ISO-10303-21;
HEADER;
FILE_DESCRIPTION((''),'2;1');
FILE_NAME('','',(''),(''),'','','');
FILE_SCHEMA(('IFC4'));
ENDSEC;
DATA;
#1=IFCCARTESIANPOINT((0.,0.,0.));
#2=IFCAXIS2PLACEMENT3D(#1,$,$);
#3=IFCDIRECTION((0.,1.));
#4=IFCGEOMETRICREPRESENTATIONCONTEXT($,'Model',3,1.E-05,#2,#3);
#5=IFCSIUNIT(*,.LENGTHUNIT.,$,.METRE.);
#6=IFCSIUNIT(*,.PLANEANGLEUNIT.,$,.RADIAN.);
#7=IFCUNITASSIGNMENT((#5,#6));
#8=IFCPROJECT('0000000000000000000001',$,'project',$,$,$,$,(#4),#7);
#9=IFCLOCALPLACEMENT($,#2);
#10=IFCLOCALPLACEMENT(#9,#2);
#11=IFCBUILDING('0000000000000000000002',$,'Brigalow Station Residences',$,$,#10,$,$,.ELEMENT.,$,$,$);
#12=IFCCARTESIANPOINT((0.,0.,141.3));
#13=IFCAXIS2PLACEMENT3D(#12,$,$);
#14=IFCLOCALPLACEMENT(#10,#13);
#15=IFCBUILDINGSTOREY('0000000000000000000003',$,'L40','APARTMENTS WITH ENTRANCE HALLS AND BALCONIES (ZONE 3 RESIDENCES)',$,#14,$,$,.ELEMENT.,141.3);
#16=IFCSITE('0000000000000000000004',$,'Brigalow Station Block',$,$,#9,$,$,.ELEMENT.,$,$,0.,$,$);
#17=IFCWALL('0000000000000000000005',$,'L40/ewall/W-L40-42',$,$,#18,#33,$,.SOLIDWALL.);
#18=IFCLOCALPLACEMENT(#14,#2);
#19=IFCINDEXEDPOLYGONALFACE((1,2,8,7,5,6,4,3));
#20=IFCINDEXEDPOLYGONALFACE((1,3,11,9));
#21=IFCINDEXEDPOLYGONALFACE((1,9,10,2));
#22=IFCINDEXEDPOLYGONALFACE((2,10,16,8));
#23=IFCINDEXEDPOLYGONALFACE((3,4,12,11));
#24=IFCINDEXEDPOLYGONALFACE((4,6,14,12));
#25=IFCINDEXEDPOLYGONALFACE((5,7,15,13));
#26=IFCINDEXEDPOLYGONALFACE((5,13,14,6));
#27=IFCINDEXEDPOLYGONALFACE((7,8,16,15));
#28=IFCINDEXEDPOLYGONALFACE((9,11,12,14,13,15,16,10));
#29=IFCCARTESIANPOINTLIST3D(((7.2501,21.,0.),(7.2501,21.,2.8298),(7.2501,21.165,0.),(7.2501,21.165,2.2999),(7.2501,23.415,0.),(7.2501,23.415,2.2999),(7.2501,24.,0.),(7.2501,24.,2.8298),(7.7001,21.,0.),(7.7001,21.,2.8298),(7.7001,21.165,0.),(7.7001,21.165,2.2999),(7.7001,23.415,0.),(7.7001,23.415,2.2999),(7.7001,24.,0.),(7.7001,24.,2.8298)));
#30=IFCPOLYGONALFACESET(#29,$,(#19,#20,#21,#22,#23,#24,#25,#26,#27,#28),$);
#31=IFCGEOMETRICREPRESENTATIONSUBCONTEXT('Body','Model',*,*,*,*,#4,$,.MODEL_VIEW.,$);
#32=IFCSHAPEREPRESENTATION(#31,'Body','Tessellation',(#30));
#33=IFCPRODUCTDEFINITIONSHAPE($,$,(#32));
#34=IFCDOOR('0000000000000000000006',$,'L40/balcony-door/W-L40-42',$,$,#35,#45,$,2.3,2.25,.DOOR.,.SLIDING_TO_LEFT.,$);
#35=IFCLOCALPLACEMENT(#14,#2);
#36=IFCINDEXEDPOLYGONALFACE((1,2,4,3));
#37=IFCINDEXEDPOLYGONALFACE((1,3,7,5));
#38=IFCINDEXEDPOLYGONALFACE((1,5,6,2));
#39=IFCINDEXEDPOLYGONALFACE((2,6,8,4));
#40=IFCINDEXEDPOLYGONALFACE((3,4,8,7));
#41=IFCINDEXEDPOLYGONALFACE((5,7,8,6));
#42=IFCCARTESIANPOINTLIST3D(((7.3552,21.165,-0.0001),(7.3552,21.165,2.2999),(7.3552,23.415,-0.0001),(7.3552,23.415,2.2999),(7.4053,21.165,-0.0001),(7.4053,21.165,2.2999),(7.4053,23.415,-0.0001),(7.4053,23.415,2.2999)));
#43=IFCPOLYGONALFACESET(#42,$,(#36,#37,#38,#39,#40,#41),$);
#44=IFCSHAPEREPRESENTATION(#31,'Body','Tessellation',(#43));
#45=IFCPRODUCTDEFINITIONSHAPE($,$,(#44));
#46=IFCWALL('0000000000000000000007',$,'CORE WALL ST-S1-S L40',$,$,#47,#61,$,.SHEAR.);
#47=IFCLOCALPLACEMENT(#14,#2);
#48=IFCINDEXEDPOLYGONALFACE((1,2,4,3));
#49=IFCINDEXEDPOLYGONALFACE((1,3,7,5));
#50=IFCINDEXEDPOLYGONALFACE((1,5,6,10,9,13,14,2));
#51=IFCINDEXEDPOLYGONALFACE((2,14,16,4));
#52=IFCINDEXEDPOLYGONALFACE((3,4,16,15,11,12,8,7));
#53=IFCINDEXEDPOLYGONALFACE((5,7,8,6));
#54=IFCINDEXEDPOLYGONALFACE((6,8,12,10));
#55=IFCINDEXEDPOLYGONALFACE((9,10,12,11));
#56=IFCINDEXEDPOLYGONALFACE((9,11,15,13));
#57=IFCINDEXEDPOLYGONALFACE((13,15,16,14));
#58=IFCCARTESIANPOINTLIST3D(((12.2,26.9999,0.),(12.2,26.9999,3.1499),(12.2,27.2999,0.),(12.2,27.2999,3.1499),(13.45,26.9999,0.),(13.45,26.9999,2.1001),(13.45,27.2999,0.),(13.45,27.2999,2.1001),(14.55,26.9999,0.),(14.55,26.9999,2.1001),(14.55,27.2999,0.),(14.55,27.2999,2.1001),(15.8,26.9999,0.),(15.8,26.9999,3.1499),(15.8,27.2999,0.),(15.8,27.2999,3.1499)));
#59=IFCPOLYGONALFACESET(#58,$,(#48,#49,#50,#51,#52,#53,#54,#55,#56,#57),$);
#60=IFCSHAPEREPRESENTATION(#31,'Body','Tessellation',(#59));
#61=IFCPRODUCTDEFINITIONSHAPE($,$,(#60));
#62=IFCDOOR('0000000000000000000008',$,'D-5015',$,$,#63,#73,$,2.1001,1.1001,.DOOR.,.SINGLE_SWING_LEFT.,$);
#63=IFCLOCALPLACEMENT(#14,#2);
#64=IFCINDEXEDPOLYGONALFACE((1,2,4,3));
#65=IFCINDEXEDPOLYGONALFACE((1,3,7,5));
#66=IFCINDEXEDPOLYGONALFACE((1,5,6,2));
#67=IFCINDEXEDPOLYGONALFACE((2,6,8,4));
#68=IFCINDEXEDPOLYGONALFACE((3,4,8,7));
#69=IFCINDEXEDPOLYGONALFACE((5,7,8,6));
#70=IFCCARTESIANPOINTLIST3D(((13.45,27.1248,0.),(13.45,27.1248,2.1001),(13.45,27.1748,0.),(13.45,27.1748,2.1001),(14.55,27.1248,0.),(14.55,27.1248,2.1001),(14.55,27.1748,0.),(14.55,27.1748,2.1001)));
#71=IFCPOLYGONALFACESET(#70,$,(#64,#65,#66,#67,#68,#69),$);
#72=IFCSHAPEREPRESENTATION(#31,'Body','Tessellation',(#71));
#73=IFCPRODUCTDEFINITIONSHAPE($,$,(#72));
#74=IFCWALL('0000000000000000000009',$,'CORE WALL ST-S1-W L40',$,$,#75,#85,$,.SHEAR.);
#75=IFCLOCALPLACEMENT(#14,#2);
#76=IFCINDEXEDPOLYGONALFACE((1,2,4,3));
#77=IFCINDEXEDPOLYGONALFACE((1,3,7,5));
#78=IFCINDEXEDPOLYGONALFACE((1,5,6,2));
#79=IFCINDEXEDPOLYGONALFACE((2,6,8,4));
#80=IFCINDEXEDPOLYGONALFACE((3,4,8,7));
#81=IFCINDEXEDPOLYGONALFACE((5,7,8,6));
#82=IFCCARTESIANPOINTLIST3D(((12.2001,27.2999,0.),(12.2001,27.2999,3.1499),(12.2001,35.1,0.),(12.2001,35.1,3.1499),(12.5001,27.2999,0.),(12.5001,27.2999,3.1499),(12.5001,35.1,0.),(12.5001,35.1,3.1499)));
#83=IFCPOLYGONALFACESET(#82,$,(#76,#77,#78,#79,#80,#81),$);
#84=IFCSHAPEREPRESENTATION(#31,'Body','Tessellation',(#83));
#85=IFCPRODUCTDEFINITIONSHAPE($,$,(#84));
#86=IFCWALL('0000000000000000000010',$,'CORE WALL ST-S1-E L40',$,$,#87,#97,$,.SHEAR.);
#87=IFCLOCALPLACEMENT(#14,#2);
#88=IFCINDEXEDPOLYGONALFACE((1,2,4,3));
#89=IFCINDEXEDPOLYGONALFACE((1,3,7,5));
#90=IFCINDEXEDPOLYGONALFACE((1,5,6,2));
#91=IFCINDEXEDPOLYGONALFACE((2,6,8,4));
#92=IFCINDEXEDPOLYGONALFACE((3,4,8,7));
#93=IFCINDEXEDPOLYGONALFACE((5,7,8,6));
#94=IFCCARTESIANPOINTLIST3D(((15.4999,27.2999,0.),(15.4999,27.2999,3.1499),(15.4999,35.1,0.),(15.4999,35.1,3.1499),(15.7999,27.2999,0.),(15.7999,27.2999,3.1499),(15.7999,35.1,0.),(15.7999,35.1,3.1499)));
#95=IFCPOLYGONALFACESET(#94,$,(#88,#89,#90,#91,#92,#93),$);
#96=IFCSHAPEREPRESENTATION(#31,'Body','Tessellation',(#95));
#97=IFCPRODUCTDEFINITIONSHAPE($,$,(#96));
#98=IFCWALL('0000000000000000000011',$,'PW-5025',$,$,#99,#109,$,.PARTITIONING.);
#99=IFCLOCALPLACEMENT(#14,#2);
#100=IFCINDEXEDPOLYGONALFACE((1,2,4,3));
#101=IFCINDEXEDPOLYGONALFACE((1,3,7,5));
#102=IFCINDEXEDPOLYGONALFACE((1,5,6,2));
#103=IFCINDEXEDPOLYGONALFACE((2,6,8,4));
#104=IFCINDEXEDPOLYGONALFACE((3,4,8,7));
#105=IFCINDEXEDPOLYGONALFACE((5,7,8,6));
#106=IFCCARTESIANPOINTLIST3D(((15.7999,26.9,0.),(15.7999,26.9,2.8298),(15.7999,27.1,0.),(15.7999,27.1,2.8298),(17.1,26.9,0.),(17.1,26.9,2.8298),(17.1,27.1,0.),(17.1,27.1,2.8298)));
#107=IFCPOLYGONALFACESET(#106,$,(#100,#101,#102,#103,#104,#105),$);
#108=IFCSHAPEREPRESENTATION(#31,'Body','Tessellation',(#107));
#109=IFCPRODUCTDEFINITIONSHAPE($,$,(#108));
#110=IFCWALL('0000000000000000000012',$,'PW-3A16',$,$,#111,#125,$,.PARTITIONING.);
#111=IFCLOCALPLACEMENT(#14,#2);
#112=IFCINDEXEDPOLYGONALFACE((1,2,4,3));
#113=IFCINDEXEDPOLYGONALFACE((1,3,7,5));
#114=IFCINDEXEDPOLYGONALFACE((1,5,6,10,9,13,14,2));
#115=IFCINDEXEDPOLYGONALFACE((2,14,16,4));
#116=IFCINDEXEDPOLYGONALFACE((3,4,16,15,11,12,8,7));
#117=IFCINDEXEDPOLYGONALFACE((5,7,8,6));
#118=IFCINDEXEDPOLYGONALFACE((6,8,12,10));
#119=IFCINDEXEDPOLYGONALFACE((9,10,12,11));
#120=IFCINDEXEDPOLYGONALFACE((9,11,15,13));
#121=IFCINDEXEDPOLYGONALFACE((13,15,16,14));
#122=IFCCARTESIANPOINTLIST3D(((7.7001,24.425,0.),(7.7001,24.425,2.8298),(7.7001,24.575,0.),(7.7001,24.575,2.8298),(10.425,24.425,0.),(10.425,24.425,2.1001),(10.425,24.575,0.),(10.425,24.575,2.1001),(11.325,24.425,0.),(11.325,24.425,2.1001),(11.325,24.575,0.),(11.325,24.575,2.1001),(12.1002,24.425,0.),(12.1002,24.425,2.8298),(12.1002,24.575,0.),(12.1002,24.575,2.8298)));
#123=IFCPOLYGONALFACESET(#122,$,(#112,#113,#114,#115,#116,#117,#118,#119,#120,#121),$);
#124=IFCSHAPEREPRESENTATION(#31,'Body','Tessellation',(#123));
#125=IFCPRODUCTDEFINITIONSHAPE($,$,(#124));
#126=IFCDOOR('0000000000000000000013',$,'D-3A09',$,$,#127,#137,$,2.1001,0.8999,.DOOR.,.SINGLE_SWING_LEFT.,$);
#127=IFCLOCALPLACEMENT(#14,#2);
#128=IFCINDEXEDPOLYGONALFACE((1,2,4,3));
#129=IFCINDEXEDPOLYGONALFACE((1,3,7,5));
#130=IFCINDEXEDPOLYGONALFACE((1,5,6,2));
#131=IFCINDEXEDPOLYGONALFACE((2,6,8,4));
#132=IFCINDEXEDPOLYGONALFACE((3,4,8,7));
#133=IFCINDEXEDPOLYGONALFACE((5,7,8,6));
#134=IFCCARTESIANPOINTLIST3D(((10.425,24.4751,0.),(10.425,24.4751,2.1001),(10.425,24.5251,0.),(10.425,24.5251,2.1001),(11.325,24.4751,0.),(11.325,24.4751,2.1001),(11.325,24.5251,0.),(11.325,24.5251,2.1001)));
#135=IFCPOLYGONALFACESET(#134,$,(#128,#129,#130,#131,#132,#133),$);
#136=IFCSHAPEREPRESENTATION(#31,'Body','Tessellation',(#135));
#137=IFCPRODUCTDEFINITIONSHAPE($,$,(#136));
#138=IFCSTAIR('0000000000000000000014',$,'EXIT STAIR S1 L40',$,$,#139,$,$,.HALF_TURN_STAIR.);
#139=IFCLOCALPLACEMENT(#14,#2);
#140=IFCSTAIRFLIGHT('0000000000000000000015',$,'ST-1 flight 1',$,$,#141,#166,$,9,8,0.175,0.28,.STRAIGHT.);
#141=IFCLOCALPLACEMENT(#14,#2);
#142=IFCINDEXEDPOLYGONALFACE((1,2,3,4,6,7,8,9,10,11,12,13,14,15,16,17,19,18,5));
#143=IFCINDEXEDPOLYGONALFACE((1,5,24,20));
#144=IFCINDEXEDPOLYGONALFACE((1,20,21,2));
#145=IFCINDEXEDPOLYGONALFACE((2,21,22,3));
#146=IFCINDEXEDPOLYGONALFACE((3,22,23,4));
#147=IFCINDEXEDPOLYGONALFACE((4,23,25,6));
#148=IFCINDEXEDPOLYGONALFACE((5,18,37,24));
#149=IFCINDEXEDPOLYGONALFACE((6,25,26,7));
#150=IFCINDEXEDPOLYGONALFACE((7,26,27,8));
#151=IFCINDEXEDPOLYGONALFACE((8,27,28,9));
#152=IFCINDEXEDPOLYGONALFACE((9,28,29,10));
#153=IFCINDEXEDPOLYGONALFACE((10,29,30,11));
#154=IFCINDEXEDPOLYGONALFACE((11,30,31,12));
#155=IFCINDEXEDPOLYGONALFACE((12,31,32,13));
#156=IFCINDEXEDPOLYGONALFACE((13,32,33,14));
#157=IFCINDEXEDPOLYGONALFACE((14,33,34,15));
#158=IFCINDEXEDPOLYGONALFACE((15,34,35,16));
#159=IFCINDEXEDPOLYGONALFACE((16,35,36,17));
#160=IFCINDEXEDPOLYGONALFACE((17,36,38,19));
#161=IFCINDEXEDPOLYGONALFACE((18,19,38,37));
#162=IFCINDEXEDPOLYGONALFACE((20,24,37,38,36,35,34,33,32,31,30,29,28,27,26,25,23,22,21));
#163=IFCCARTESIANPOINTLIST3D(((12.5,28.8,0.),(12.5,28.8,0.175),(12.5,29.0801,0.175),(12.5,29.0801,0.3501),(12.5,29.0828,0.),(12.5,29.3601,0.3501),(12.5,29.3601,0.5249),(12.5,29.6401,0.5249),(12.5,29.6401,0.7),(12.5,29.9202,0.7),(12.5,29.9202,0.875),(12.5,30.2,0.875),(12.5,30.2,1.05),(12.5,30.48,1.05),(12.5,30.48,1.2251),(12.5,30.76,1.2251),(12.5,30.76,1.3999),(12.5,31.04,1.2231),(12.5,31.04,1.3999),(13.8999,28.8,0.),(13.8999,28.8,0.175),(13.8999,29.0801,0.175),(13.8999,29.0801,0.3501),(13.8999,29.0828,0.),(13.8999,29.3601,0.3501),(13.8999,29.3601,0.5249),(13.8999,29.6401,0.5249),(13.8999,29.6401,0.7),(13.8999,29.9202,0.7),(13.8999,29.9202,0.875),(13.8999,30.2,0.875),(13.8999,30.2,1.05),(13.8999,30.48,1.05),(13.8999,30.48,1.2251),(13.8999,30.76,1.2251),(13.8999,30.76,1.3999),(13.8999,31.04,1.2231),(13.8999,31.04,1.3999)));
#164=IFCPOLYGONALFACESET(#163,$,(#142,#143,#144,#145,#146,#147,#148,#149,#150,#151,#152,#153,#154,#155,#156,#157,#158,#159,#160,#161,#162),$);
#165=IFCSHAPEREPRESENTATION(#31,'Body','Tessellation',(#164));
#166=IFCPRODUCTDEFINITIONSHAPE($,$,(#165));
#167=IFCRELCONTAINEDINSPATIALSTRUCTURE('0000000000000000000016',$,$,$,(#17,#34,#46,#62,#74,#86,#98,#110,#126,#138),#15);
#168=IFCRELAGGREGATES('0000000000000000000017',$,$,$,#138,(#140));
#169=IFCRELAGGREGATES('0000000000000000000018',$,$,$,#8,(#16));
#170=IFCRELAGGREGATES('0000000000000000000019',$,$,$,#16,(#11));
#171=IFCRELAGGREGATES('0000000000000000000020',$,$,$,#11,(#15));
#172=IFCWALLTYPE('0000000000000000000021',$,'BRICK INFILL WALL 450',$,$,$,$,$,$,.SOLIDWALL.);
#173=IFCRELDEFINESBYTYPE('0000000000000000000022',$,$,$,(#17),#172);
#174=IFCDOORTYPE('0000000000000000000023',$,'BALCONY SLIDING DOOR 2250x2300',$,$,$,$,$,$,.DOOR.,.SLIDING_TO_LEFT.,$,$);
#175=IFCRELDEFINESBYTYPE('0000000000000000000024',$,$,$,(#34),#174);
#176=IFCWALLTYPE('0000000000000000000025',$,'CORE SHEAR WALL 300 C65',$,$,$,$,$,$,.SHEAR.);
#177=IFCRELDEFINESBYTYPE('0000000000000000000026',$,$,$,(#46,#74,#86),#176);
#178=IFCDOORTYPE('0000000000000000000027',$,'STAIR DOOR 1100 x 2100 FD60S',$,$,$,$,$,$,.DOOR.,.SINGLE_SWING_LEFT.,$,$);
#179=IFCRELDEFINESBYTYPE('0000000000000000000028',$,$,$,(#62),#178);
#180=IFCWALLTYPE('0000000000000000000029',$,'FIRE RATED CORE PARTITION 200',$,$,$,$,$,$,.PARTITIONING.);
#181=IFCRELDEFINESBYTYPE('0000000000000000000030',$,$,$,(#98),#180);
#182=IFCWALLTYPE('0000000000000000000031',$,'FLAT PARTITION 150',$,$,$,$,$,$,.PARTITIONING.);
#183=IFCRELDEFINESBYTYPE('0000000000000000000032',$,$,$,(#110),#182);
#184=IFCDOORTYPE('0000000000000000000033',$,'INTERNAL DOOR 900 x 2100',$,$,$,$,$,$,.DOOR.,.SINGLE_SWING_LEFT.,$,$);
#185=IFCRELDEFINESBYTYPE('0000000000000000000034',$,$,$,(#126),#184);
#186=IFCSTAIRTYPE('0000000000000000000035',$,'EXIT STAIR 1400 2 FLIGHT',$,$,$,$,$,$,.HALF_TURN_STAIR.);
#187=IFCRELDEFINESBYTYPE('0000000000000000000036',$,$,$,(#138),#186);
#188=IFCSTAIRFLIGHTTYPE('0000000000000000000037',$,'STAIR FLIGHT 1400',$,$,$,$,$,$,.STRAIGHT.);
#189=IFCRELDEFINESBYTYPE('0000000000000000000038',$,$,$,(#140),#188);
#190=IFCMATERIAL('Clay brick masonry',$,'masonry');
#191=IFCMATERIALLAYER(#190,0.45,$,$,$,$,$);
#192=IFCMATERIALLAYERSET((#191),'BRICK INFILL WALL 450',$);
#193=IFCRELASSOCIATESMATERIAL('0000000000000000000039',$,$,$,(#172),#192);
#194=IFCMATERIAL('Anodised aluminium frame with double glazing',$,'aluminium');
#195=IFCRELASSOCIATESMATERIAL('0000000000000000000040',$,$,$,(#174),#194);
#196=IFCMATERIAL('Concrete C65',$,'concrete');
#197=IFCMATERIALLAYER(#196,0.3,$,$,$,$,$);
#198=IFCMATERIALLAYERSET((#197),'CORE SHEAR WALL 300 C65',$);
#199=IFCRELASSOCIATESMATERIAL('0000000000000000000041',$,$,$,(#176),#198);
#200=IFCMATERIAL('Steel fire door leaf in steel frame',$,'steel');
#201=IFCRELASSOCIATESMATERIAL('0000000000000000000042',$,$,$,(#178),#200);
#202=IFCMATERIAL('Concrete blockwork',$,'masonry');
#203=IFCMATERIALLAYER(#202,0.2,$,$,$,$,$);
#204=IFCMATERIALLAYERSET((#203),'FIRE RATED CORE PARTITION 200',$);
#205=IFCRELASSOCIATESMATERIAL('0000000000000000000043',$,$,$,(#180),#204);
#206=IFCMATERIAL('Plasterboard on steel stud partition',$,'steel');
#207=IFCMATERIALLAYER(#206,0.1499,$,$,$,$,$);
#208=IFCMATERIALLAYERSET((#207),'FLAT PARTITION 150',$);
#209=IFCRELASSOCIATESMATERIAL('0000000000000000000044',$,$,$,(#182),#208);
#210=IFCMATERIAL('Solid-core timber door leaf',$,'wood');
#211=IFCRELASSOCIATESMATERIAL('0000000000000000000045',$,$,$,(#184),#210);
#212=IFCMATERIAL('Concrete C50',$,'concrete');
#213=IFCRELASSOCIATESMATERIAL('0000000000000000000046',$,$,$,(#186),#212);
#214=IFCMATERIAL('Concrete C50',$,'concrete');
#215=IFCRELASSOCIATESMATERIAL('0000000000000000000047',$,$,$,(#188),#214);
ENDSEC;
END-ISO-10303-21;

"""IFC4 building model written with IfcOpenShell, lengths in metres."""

from ifc_helpers import new_model, si_unit, direction, frame, frame_2d, origin, place, context, subcontext, project, spatial, polyline, rectangle, outline, extrude, material, layer, layer_set, type_object, element, fill, aggregate, save


model = new_model("IFC4")

# Units and contexts
model_context = context("Model", 3, precision=1e-05, world=origin(), true_north=direction((0.0, 1.0)))
body_context = subcontext(model_context, "Body", "Model", "MODEL_VIEW")
ifc_project = project(units=[si_unit("LENGTHUNIT", "METRE"), si_unit("PLANEANGLEUNIT", "RADIAN")], contexts=[model_context])

# Site, building, storey
site_placement = place(None, origin())
site = spatial("IfcSite", under=ifc_project, at=site_placement, Name="Brigalow Station Block", CompositionType="ELEMENT", RefElevation=0.0)
building_placement = place(site_placement, origin())
building = spatial("IfcBuilding", under=site, at=building_placement, Name="Brigalow Station Residences", CompositionType="ELEMENT")
storey_placement = place(building_placement, frame((0.0, 0.0, 141.3)))
storey = spatial("IfcBuildingStorey", under=building, at=storey_placement, Name="L40", Description="APARTMENTS WITH ENTRANCE HALLS AND BALCONIES (ZONE 3 RESIDENCES)", CompositionType="ELEMENT", Elevation=141.3)

# Shared definitions
ifc_material_1 = material(Name="Clay brick masonry", Category="masonry")
ifc_layer_1 = layer(ifc_material_1, 0.45)
ifc_layer_set_1 = layer_set([ifc_layer_1], Name="BRICK INFILL WALL 450")
wall_type_1 = type_object("IfcWallType", Name="BRICK INFILL WALL 450", PredefinedType="SOLIDWALL", material=ifc_layer_set_1)

# Walls, openings, doors
wall_1_placement = place(storey_placement, frame((7.4751, 24.0, 0.0), z_axis=(0.0, 0.0, 1.0), x_axis=(0.0, -1.0, 0.0)))
wall_1 = element("IfcWall", 1, at=wall_1_placement, inside=storey, type_object=wall_type_1, Name="L40/ewall/W-L40-42", PredefinedType="SOLIDWALL", context=body_context, shape_type="SweptSolid", body=[
    extrude(rectangle(XDim=3.0, YDim=0.45, at=frame_2d((1.5, 0.0))), origin(), (0.0, 0.0, 1.0), 2.8298),
])
opening_1_placement = place(wall_1_placement, frame((0.585, 0.0, 0.0)))
opening_1 = element("IfcOpeningElement", 2, at=opening_1_placement, cuts=wall_1, PredefinedType="OPENING", context=body_context, shape_type="SweptSolid", body=[
    extrude(rectangle(XDim=2.25, YDim=2.3, at=frame_2d((1.125, 1.1499))), frame((0.0, 0.2349, 0.0), z_axis=(0.0, -1.0, 0.0), x_axis=(1.0, 0.0, 0.0)), (0.0, 0.0, 1.0), 0.47),
])
ifc_material_2 = material(Name="Anodised aluminium frame with double glazing", Category="aluminium")
door_type_1 = type_object("IfcDoorType", Name="BALCONY SLIDING DOOR 2250x2300", OperationType="SLIDING_TO_LEFT", PredefinedType="DOOR", material=ifc_material_2)
door_1_placement = place(opening_1_placement, origin())
door_1 = element("IfcDoor", 3, at=door_1_placement, inside=storey, type_object=door_type_1, Name="L40/balcony-door/W-L40-42", OperationType="SLIDING_TO_LEFT", OverallHeight=2.3, OverallWidth=2.25, PredefinedType="DOOR", context=body_context, shape_type="SweptSolid", body=[
    extrude(rectangle(XDim=2.25, YDim=2.3, at=frame_2d((1.125, 1.1499))), frame((0.0, -0.0698, 0.0), z_axis=(0.0, -1.0, 0.0), x_axis=(1.0, 0.0, 0.0)), (0.0, 0.0, 1.0), 0.05),
])
fill(opening_1, door_1)
ifc_material_3 = material(Name="Concrete C65", Category="concrete")
ifc_layer_2 = layer(ifc_material_3, 0.3)
ifc_layer_set_2 = layer_set([ifc_layer_2], Name="CORE SHEAR WALL 300 C65")
wall_type_2 = type_object("IfcWallType", Name="CORE SHEAR WALL 300 C65", PredefinedType="SHEAR", material=ifc_layer_set_2)
wall_2_placement = place(storey_placement, frame((12.2, 27.1499, 0.0), z_axis=(0.0, 0.0, 1.0), x_axis=(1.0, 0.0, 0.0)))
wall_2 = element("IfcWall", 4, at=wall_2_placement, inside=storey, type_object=wall_type_2, Name="CORE WALL ST-S1-S L40", PredefinedType="SHEAR", context=body_context, shape_type="SweptSolid", body=[
    extrude(rectangle(XDim=3.6001, YDim=0.3, at=frame_2d((1.8, 0.0))), origin(), (0.0, 0.0, 1.0), 3.1499),
])
opening_2_placement = place(wall_2_placement, frame((1.25, 0.0, 0.0)))
opening_2 = element("IfcOpeningElement", 5, at=opening_2_placement, cuts=wall_2, PredefinedType="OPENING", context=body_context, shape_type="SweptSolid", body=[
    extrude(rectangle(XDim=1.1001, YDim=2.1001, at=frame_2d((0.55, 1.05))), frame((0.0, 0.1602, 0.0), z_axis=(0.0, -1.0, 0.0), x_axis=(1.0, 0.0, 0.0)), (0.0, 0.0, 1.0), 0.3201),
])
ifc_material_4 = material(Name="Steel fire door leaf in steel frame", Category="steel")
door_type_2 = type_object("IfcDoorType", Name="STAIR DOOR 1100 x 2100 FD60S", OperationType="SINGLE_SWING_LEFT", PredefinedType="DOOR", material=ifc_material_4)
door_2_placement = place(opening_2_placement, origin())
door_2 = element("IfcDoor", 6, at=door_2_placement, inside=storey, type_object=door_type_2, Name="D-5015", OperationType="SINGLE_SWING_LEFT", OverallHeight=2.1001, OverallWidth=1.1001, PredefinedType="DOOR", context=body_context, shape_type="SweptSolid", body=[
    extrude(rectangle(XDim=1.1001, YDim=2.1001, at=frame_2d((0.55, 1.05))), frame((0.0, 0.0249, 0.0), z_axis=(0.0, -1.0, 0.0), x_axis=(1.0, 0.0, 0.0)), (0.0, 0.0, 1.0), 0.05),
])
fill(opening_2, door_2)

# Walls
for number, where, z_axis, x_axis, name in (
    (7, (12.3501, 27.3, 0.0), (0.0, 0.0, 1.0), (0.0, 1.0, 0.0), "CORE WALL ST-S1-W L40"),
    (8, (15.6499, 27.3, 0.0), (0.0, 0.0, 1.0), (0.0, 1.0, 0.0), "CORE WALL ST-S1-E L40"),
):
    element("IfcWall", number, at=place(storey_placement, frame(where, z_axis=z_axis, x_axis=x_axis)), inside=storey, type_object=wall_type_2, Name=name, PredefinedType="SHEAR", context=body_context, shape_type="SweptSolid", body=[
        extrude(rectangle(XDim=7.8, YDim=0.3, at=frame_2d((3.8999, 0.0))), origin(), (0.0, 0.0, 1.0), 3.1499),
    ])
ifc_material_5 = material(Name="Concrete blockwork", Category="masonry")
ifc_layer_3 = layer(ifc_material_5, 0.2)
ifc_layer_set_3 = layer_set([ifc_layer_3], Name="FIRE RATED CORE PARTITION 200")
wall_type_3 = type_object("IfcWallType", Name="FIRE RATED CORE PARTITION 200", PredefinedType="PARTITIONING", material=ifc_layer_set_3)
wall_3_placement = place(storey_placement, frame((15.8, 27.0, 0.0), z_axis=(0.0, 0.0, 1.0), x_axis=(1.0, 0.0, 0.0)))
element("IfcWall", 9, at=wall_3_placement, inside=storey, type_object=wall_type_3, Name="PW-5025", PredefinedType="PARTITIONING", context=body_context, shape_type="SweptSolid", body=[
    extrude(rectangle(XDim=1.3, YDim=0.2, at=frame_2d((0.6499, 0.0))), origin(), (0.0, 0.0, 1.0), 2.8298),
])

# Wall, opening, door
ifc_material_6 = material(Name="Plasterboard on steel stud partition", Category="steel")
ifc_layer_4 = layer(ifc_material_6, 0.1499)
ifc_layer_set_4 = layer_set([ifc_layer_4], Name="FLAT PARTITION 150")
wall_type_4 = type_object("IfcWallType", Name="FLAT PARTITION 150", PredefinedType="PARTITIONING", material=ifc_layer_set_4)
wall_4_placement = place(storey_placement, frame((7.7, 24.5, 0.0), z_axis=(0.0, 0.0, 1.0), x_axis=(1.0, 0.0, 0.0)))
wall_4 = element("IfcWall", 10, at=wall_4_placement, inside=storey, type_object=wall_type_4, Name="PW-3A16", PredefinedType="PARTITIONING", context=body_context, shape_type="SweptSolid", body=[
    extrude(rectangle(XDim=4.4001, YDim=0.1499, at=frame_2d((2.2002, 0.0))), origin(), (0.0, 0.0, 1.0), 2.8298),
])
opening_3_placement = place(wall_4_placement, frame((2.7251, 0.0, 0.0)))
opening_3 = element("IfcOpeningElement", 11, at=opening_3_placement, cuts=wall_4, PredefinedType="OPENING", context=body_context, shape_type="SweptSolid", body=[
    extrude(rectangle(XDim=0.8999, YDim=2.1001, at=frame_2d((0.45, 1.05))), frame((0.0, 0.085, 0.0), z_axis=(0.0, -1.0, 0.0), x_axis=(1.0, 0.0, 0.0)), (0.0, 0.0, 1.0), 0.1699),
])
ifc_material_7 = material(Name="Solid-core timber door leaf", Category="wood")
door_type_3 = type_object("IfcDoorType", Name="INTERNAL DOOR 900 x 2100", OperationType="SINGLE_SWING_LEFT", PredefinedType="DOOR", material=ifc_material_7)
door_3_placement = place(opening_3_placement, frame((0.8999, 0.0, 0.0), z_axis=(0.0, 0.0, 1.0), x_axis=(-1.0, 0.0, 0.0)))
door_3 = element("IfcDoor", 12, at=door_3_placement, inside=storey, type_object=door_type_3, Name="D-3A09", OperationType="SINGLE_SWING_LEFT", OverallHeight=2.1001, OverallWidth=0.8999, PredefinedType="DOOR", context=body_context, shape_type="SweptSolid", body=[
    extrude(rectangle(XDim=0.8999, YDim=2.1001, at=frame_2d((0.45, 1.05))), frame((0.0, 0.0249, 0.0), z_axis=(0.0, -1.0, 0.0), x_axis=(1.0, 0.0, 0.0)), (0.0, 0.0, 1.0), 0.05),
])
fill(opening_3, door_3)

# Stair, stair flight
ifc_material_8 = material(Name="Concrete C50", Category="concrete")
stair_type = type_object("IfcStairType", Name="EXIT STAIR 1400 2 FLIGHT", PredefinedType="HALF_TURN_STAIR", material=ifc_material_8)
stair_placement = place(storey_placement, origin())
stair = element("IfcStair", 13, at=stair_placement, inside=storey, type_object=stair_type, Name="EXIT STAIR S1 L40", PredefinedType="HALF_TURN_STAIR")
ifc_material_9 = material(Name="Concrete C50", Category="concrete")
stair_flight_type = type_object("IfcStairFlightType", Name="STAIR FLIGHT 1400", PredefinedType="STRAIGHT", material=ifc_material_9)
stair_flight_1_placement = place(storey_placement, frame((13.2, 28.8, 0.0), z_axis=(0.0, 0.0, 1.0), x_axis=(0.0, 1.0, 0.0)))
stair_flight_1 = element("IfcStairFlight", 14, at=stair_flight_1_placement, type_object=stair_flight_type, Name="ST-1 flight 1", NumberOfRisers=9, NumberOfTreads=8, PredefinedType="STRAIGHT", RiserHeight=0.175, TreadLength=0.28, context=body_context, shape_type="SweptSolid", body=[
    extrude(outline(polyline([(0.0, 0.0), (0.0, 0.175), (0.28, 0.175), (0.28, 0.3501), (0.5601, 0.3501), (0.5601, 0.5249), (0.8401, 0.5249), (0.8401, 0.7), (1.1201, 0.7), (1.1201, 0.875), (1.3999, 0.875), (1.3999, 1.05), (1.6799, 1.05), (1.6799, 1.2251), (1.96, 1.2251), (1.96, 1.3999), (2.24, 1.3999), (2.24, 1.575), (2.24, 1.2231), (0.2827, 0.0), (0.0, 0.0)])), frame((0.0, 0.7, 0.0), z_axis=(0.0, -1.0, 0.0), x_axis=(1.0, 0.0, 0.0)), (0.0, 0.0, 1.0), 1.3999),
])
aggregate(stair, [stair_flight_1])

save(model, "model.ifc")
